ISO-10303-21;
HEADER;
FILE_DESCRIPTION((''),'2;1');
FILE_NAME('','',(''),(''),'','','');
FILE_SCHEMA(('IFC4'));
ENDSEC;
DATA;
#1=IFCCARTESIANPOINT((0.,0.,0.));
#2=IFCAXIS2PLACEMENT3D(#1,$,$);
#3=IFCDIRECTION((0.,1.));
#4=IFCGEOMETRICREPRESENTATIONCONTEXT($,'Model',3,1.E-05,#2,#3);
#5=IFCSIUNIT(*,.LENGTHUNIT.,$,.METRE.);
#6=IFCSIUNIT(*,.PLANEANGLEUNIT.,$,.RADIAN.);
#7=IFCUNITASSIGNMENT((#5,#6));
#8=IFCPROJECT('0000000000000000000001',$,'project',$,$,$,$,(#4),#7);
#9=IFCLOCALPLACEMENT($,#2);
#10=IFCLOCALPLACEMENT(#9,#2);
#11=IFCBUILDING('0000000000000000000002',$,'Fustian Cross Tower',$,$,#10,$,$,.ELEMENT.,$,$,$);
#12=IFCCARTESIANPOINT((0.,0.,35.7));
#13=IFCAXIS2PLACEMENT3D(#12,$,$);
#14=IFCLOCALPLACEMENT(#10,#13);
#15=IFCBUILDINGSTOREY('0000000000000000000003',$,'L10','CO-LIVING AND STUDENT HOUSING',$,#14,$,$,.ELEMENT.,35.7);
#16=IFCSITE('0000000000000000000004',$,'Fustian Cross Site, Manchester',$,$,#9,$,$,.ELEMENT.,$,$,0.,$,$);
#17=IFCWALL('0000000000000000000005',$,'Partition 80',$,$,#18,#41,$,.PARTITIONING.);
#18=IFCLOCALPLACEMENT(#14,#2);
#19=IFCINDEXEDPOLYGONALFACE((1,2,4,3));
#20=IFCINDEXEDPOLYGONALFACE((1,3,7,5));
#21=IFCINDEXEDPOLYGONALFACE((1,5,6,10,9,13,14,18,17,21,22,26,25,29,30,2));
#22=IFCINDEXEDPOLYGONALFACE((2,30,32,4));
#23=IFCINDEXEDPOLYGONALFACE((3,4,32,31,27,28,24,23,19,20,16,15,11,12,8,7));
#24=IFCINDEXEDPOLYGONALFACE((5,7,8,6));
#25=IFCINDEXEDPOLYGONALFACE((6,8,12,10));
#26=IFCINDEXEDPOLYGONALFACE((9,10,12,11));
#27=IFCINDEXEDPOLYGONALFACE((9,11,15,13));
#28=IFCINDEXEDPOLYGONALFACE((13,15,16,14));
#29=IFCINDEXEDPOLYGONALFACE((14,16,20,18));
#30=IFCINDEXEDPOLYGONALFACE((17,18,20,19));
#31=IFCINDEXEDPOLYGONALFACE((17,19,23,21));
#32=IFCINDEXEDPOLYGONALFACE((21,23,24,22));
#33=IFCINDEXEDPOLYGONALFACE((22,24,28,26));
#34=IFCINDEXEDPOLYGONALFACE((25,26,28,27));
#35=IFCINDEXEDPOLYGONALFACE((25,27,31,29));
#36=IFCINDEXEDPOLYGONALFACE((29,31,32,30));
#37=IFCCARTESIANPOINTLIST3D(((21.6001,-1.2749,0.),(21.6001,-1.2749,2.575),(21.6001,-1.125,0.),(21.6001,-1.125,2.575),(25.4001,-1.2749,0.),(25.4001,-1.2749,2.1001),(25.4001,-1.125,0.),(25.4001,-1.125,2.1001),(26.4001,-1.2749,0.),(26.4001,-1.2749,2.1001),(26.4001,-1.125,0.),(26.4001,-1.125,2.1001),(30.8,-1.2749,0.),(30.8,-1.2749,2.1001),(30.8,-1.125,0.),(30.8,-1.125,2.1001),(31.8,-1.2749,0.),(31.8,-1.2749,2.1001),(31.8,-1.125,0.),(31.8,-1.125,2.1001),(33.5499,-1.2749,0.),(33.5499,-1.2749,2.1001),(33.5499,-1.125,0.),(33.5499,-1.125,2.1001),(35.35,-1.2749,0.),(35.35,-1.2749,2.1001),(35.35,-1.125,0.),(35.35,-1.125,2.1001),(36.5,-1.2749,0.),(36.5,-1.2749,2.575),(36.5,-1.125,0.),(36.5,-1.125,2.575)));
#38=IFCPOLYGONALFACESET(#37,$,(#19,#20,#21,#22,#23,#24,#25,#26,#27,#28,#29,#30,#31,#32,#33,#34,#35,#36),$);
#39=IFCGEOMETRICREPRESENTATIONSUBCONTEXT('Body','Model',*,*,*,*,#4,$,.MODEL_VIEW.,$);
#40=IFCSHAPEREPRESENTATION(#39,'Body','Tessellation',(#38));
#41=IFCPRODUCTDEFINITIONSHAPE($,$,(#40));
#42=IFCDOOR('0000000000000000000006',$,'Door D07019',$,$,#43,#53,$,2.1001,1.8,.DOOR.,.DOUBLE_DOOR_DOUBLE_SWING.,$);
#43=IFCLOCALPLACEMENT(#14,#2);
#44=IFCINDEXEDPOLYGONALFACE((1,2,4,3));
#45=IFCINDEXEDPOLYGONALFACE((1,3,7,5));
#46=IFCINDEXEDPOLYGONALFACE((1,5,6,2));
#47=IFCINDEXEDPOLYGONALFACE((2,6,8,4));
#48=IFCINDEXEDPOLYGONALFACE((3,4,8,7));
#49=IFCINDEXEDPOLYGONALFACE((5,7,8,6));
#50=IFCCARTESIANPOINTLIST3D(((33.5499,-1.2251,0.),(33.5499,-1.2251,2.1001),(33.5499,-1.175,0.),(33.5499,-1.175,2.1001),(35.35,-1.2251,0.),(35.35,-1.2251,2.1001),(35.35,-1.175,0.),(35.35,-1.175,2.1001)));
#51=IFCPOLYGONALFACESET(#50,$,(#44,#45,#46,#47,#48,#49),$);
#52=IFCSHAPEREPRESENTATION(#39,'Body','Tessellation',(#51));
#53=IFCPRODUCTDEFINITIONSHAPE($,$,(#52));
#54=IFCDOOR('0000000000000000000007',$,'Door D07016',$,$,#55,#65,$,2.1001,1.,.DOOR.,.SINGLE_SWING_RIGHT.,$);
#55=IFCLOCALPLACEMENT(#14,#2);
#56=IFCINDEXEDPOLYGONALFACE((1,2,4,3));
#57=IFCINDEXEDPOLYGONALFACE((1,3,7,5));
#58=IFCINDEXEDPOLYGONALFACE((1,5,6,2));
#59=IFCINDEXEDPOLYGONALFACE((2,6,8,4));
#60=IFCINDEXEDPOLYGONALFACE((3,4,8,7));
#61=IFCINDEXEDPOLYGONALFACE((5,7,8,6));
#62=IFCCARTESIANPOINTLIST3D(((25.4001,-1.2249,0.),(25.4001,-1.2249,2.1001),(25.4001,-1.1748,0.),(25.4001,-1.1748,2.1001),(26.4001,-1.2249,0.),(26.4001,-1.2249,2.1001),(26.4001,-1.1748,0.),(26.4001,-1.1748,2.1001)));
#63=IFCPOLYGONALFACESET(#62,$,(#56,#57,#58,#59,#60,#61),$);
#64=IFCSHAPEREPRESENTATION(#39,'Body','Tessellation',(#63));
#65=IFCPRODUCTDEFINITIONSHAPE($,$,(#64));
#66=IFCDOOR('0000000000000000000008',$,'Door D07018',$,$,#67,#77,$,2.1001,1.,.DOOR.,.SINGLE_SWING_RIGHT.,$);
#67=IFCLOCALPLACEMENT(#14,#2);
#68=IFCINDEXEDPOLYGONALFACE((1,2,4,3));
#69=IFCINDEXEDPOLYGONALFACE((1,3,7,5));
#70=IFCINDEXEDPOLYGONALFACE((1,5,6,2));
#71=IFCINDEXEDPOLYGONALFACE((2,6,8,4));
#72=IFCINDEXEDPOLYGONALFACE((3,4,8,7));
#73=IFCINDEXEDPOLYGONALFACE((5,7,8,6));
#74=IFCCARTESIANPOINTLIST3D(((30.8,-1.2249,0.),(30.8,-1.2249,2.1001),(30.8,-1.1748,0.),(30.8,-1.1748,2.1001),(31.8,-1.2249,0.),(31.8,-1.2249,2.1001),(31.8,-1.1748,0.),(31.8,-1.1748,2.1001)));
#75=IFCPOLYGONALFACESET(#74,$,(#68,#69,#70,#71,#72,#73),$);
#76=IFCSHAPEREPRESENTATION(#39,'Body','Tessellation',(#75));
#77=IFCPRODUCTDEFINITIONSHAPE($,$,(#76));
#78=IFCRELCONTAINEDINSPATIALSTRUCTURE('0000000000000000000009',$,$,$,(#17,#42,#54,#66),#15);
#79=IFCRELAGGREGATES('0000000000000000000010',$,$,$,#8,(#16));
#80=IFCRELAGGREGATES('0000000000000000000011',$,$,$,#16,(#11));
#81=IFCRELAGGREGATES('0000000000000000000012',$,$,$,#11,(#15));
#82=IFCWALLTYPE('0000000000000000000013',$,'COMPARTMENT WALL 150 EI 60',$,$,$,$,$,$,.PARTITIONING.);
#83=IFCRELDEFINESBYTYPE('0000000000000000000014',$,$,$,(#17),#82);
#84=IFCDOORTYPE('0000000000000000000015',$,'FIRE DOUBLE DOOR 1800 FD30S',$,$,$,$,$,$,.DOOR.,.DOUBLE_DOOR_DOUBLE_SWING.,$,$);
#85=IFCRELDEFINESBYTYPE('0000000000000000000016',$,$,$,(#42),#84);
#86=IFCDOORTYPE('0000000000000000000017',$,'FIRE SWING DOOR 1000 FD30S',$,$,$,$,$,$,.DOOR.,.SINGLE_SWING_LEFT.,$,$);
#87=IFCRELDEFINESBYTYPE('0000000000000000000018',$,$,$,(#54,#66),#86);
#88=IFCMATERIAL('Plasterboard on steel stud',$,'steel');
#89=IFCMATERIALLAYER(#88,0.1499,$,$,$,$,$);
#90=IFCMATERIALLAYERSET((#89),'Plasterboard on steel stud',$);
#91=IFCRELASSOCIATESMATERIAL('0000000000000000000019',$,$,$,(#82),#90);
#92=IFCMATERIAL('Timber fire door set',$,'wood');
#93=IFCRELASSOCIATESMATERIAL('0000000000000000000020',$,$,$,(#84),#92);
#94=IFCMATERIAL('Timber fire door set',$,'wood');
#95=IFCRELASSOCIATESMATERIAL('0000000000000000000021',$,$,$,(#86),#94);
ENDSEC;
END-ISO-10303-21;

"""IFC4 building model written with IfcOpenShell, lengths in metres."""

from ifc_helpers import new_model, si_unit, direction, frame, frame_2d, origin, place, context, subcontext, project, spatial, rectangle, extrude, material, layer, layer_set, type_object, element, fill, save


model = new_model("IFC4")

# Units and contexts
model_context = context("Model", 3, precision=1e-05, world=origin(), true_north=direction((0.0, 1.0)))
body_context = subcontext(model_context, "Body", "Model", "MODEL_VIEW")
ifc_project = project(units=[si_unit("LENGTHUNIT", "METRE"), si_unit("PLANEANGLEUNIT", "RADIAN")], contexts=[model_context])

# Site, building, storey
site_placement = place(None, origin())
site = spatial("IfcSite", under=ifc_project, at=site_placement, Name="Fustian Cross Site, Manchester", CompositionType="ELEMENT", RefElevation=0.0)
building_placement = place(site_placement, origin())
building = spatial("IfcBuilding", under=site, at=building_placement, Name="Fustian Cross Tower", CompositionType="ELEMENT")
storey_placement = place(building_placement, frame((0.0, 0.0, 35.7)))
storey = spatial("IfcBuildingStorey", under=building, at=storey_placement, Name="L10", Description="CO-LIVING AND STUDENT HOUSING", CompositionType="ELEMENT", Elevation=35.7)

# Wall, openings, doors
ifc_material_1 = material(Name="Plasterboard on steel stud", Category="steel")
ifc_layer_1 = layer(ifc_material_1, 0.1499)
ifc_layer_set_1 = layer_set([ifc_layer_1], Name="Plasterboard on steel stud")
wall_type_1 = type_object("IfcWallType", Name="COMPARTMENT WALL 150 EI 60", PredefinedType="PARTITIONING", material=ifc_layer_set_1)
wall_1_placement = place(storey_placement, frame((21.6001, -1.2, 0.0), z_axis=(0.0, 0.0, 1.0), x_axis=(1.0, 0.0, 0.0)))
wall_1 = element("IfcWall", 1, at=wall_1_placement, inside=storey, type_object=wall_type_1, Name="Partition 80", PredefinedType="PARTITIONING", context=body_context, shape_type="SweptSolid", body=[
    extrude(rectangle(XDim=14.8999, YDim=0.1499, at=frame_2d((7.45, 0.0))), origin(), (0.0, 0.0, 1.0), 2.575),
])
opening_1_placement = place(wall_1_placement, frame((3.8, 0.0, 0.0)))
opening_1 = element("IfcOpeningElement", 2, at=opening_1_placement, cuts=wall_1, PredefinedType="OPENING", context=body_context, shape_type="SweptSolid", body=[
    extrude(rectangle(XDim=1.0, YDim=2.1001, at=frame_2d((0.5, 1.05))), frame((0.0, 0.085, 0.0), z_axis=(0.0, -1.0, 0.0), x_axis=(1.0, 0.0, 0.0)), (0.0, 0.0, 1.0), 0.1699),
])
opening_2_placement = place(wall_1_placement, frame((9.2, 0.0, 0.0)))
opening_2 = element("IfcOpeningElement", 3, at=opening_2_placement, cuts=wall_1, PredefinedType="OPENING", context=body_context, shape_type="SweptSolid", body=[
    extrude(rectangle(XDim=1.0, YDim=2.1001, at=frame_2d((0.5, 1.05))), frame((0.0, 0.085, 0.0), z_axis=(0.0, -1.0, 0.0), x_axis=(1.0, 0.0, 0.0)), (0.0, 0.0, 1.0), 0.1699),
])
opening_3_placement = place(wall_1_placement, frame((11.95, 0.0, 0.0)))
opening_3 = element("IfcOpeningElement", 4, at=opening_3_placement, cuts=wall_1, PredefinedType="OPENING", context=body_context, shape_type="SweptSolid", body=[
    extrude(rectangle(XDim=1.8, YDim=2.1001, at=frame_2d((0.8999, 1.05))), frame((0.0, 0.085, 0.0), z_axis=(0.0, -1.0, 0.0), x_axis=(1.0, 0.0, 0.0)), (0.0, 0.0, 1.0), 0.1699),
])
ifc_material_2 = material(Name="Timber fire door set", Category="wood")
door_type_1 = type_object("IfcDoorType", Name="FIRE DOUBLE DOOR 1800 FD30S", OperationType="DOUBLE_DOOR_DOUBLE_SWING", PredefinedType="DOOR", material=ifc_material_2)
door_1_placement = place(opening_3_placement, origin())
door_1 = element("IfcDoor", 5, at=door_1_placement, inside=storey, type_object=door_type_1, Name="Door D07019", OperationType="DOUBLE_DOOR_DOUBLE_SWING", OverallHeight=2.1001, OverallWidth=1.8, PredefinedType="DOOR", context=body_context, shape_type="SweptSolid", body=[
    extrude(rectangle(XDim=1.8, YDim=2.1001, at=frame_2d((0.8999, 1.05))), frame((0.0, 0.0249, 0.0), z_axis=(0.0, -1.0, 0.0), x_axis=(1.0, 0.0, 0.0)), (0.0, 0.0, 1.0), 0.05),
])
fill(opening_3, door_1)
ifc_material_3 = material(Name="Timber fire door set", Category="wood")
door_type_2 = type_object("IfcDoorType", Name="FIRE SWING DOOR 1000 FD30S", OperationType="SINGLE_SWING_LEFT", PredefinedType="DOOR", material=ifc_material_3)
door_2_placement = place(opening_1_placement, frame((1.0, 0.0, 0.0), z_axis=(0.0, 0.0, 1.0), x_axis=(-1.0, 0.0, 0.0)))
door_2 = element("IfcDoor", 6, at=door_2_placement, inside=storey, type_object=door_type_2, Name="Door D07016", OperationType="SINGLE_SWING_RIGHT", OverallHeight=2.1001, OverallWidth=1.0, PredefinedType="DOOR", context=body_context, shape_type="SweptSolid", body=[
    extrude(rectangle(XDim=1.0, YDim=2.1001, at=frame_2d((0.5, 1.05))), frame((0.0, 0.0249, 0.0), z_axis=(0.0, -1.0, 0.0), x_axis=(1.0, 0.0, 0.0)), (0.0, 0.0, 1.0), 0.05),
])
fill(opening_1, door_2)
door_3_placement = place(opening_2_placement, frame((1.0, 0.0, 0.0), z_axis=(0.0, 0.0, 1.0), x_axis=(-1.0, 0.0, 0.0)))
door_3 = element("IfcDoor", 7, at=door_3_placement, inside=storey, type_object=door_type_2, Name="Door D07018", OperationType="SINGLE_SWING_RIGHT", OverallHeight=2.1001, OverallWidth=1.0, PredefinedType="DOOR", context=body_context, shape_type="SweptSolid", body=[
    extrude(rectangle(XDim=1.0, YDim=2.1001, at=frame_2d((0.5, 1.05))), frame((0.0, 0.0249, 0.0), z_axis=(0.0, -1.0, 0.0), x_axis=(1.0, 0.0, 0.0)), (0.0, 0.0, 1.0), 0.05),
])
fill(opening_2, door_3)

save(model, "model.ifc")
